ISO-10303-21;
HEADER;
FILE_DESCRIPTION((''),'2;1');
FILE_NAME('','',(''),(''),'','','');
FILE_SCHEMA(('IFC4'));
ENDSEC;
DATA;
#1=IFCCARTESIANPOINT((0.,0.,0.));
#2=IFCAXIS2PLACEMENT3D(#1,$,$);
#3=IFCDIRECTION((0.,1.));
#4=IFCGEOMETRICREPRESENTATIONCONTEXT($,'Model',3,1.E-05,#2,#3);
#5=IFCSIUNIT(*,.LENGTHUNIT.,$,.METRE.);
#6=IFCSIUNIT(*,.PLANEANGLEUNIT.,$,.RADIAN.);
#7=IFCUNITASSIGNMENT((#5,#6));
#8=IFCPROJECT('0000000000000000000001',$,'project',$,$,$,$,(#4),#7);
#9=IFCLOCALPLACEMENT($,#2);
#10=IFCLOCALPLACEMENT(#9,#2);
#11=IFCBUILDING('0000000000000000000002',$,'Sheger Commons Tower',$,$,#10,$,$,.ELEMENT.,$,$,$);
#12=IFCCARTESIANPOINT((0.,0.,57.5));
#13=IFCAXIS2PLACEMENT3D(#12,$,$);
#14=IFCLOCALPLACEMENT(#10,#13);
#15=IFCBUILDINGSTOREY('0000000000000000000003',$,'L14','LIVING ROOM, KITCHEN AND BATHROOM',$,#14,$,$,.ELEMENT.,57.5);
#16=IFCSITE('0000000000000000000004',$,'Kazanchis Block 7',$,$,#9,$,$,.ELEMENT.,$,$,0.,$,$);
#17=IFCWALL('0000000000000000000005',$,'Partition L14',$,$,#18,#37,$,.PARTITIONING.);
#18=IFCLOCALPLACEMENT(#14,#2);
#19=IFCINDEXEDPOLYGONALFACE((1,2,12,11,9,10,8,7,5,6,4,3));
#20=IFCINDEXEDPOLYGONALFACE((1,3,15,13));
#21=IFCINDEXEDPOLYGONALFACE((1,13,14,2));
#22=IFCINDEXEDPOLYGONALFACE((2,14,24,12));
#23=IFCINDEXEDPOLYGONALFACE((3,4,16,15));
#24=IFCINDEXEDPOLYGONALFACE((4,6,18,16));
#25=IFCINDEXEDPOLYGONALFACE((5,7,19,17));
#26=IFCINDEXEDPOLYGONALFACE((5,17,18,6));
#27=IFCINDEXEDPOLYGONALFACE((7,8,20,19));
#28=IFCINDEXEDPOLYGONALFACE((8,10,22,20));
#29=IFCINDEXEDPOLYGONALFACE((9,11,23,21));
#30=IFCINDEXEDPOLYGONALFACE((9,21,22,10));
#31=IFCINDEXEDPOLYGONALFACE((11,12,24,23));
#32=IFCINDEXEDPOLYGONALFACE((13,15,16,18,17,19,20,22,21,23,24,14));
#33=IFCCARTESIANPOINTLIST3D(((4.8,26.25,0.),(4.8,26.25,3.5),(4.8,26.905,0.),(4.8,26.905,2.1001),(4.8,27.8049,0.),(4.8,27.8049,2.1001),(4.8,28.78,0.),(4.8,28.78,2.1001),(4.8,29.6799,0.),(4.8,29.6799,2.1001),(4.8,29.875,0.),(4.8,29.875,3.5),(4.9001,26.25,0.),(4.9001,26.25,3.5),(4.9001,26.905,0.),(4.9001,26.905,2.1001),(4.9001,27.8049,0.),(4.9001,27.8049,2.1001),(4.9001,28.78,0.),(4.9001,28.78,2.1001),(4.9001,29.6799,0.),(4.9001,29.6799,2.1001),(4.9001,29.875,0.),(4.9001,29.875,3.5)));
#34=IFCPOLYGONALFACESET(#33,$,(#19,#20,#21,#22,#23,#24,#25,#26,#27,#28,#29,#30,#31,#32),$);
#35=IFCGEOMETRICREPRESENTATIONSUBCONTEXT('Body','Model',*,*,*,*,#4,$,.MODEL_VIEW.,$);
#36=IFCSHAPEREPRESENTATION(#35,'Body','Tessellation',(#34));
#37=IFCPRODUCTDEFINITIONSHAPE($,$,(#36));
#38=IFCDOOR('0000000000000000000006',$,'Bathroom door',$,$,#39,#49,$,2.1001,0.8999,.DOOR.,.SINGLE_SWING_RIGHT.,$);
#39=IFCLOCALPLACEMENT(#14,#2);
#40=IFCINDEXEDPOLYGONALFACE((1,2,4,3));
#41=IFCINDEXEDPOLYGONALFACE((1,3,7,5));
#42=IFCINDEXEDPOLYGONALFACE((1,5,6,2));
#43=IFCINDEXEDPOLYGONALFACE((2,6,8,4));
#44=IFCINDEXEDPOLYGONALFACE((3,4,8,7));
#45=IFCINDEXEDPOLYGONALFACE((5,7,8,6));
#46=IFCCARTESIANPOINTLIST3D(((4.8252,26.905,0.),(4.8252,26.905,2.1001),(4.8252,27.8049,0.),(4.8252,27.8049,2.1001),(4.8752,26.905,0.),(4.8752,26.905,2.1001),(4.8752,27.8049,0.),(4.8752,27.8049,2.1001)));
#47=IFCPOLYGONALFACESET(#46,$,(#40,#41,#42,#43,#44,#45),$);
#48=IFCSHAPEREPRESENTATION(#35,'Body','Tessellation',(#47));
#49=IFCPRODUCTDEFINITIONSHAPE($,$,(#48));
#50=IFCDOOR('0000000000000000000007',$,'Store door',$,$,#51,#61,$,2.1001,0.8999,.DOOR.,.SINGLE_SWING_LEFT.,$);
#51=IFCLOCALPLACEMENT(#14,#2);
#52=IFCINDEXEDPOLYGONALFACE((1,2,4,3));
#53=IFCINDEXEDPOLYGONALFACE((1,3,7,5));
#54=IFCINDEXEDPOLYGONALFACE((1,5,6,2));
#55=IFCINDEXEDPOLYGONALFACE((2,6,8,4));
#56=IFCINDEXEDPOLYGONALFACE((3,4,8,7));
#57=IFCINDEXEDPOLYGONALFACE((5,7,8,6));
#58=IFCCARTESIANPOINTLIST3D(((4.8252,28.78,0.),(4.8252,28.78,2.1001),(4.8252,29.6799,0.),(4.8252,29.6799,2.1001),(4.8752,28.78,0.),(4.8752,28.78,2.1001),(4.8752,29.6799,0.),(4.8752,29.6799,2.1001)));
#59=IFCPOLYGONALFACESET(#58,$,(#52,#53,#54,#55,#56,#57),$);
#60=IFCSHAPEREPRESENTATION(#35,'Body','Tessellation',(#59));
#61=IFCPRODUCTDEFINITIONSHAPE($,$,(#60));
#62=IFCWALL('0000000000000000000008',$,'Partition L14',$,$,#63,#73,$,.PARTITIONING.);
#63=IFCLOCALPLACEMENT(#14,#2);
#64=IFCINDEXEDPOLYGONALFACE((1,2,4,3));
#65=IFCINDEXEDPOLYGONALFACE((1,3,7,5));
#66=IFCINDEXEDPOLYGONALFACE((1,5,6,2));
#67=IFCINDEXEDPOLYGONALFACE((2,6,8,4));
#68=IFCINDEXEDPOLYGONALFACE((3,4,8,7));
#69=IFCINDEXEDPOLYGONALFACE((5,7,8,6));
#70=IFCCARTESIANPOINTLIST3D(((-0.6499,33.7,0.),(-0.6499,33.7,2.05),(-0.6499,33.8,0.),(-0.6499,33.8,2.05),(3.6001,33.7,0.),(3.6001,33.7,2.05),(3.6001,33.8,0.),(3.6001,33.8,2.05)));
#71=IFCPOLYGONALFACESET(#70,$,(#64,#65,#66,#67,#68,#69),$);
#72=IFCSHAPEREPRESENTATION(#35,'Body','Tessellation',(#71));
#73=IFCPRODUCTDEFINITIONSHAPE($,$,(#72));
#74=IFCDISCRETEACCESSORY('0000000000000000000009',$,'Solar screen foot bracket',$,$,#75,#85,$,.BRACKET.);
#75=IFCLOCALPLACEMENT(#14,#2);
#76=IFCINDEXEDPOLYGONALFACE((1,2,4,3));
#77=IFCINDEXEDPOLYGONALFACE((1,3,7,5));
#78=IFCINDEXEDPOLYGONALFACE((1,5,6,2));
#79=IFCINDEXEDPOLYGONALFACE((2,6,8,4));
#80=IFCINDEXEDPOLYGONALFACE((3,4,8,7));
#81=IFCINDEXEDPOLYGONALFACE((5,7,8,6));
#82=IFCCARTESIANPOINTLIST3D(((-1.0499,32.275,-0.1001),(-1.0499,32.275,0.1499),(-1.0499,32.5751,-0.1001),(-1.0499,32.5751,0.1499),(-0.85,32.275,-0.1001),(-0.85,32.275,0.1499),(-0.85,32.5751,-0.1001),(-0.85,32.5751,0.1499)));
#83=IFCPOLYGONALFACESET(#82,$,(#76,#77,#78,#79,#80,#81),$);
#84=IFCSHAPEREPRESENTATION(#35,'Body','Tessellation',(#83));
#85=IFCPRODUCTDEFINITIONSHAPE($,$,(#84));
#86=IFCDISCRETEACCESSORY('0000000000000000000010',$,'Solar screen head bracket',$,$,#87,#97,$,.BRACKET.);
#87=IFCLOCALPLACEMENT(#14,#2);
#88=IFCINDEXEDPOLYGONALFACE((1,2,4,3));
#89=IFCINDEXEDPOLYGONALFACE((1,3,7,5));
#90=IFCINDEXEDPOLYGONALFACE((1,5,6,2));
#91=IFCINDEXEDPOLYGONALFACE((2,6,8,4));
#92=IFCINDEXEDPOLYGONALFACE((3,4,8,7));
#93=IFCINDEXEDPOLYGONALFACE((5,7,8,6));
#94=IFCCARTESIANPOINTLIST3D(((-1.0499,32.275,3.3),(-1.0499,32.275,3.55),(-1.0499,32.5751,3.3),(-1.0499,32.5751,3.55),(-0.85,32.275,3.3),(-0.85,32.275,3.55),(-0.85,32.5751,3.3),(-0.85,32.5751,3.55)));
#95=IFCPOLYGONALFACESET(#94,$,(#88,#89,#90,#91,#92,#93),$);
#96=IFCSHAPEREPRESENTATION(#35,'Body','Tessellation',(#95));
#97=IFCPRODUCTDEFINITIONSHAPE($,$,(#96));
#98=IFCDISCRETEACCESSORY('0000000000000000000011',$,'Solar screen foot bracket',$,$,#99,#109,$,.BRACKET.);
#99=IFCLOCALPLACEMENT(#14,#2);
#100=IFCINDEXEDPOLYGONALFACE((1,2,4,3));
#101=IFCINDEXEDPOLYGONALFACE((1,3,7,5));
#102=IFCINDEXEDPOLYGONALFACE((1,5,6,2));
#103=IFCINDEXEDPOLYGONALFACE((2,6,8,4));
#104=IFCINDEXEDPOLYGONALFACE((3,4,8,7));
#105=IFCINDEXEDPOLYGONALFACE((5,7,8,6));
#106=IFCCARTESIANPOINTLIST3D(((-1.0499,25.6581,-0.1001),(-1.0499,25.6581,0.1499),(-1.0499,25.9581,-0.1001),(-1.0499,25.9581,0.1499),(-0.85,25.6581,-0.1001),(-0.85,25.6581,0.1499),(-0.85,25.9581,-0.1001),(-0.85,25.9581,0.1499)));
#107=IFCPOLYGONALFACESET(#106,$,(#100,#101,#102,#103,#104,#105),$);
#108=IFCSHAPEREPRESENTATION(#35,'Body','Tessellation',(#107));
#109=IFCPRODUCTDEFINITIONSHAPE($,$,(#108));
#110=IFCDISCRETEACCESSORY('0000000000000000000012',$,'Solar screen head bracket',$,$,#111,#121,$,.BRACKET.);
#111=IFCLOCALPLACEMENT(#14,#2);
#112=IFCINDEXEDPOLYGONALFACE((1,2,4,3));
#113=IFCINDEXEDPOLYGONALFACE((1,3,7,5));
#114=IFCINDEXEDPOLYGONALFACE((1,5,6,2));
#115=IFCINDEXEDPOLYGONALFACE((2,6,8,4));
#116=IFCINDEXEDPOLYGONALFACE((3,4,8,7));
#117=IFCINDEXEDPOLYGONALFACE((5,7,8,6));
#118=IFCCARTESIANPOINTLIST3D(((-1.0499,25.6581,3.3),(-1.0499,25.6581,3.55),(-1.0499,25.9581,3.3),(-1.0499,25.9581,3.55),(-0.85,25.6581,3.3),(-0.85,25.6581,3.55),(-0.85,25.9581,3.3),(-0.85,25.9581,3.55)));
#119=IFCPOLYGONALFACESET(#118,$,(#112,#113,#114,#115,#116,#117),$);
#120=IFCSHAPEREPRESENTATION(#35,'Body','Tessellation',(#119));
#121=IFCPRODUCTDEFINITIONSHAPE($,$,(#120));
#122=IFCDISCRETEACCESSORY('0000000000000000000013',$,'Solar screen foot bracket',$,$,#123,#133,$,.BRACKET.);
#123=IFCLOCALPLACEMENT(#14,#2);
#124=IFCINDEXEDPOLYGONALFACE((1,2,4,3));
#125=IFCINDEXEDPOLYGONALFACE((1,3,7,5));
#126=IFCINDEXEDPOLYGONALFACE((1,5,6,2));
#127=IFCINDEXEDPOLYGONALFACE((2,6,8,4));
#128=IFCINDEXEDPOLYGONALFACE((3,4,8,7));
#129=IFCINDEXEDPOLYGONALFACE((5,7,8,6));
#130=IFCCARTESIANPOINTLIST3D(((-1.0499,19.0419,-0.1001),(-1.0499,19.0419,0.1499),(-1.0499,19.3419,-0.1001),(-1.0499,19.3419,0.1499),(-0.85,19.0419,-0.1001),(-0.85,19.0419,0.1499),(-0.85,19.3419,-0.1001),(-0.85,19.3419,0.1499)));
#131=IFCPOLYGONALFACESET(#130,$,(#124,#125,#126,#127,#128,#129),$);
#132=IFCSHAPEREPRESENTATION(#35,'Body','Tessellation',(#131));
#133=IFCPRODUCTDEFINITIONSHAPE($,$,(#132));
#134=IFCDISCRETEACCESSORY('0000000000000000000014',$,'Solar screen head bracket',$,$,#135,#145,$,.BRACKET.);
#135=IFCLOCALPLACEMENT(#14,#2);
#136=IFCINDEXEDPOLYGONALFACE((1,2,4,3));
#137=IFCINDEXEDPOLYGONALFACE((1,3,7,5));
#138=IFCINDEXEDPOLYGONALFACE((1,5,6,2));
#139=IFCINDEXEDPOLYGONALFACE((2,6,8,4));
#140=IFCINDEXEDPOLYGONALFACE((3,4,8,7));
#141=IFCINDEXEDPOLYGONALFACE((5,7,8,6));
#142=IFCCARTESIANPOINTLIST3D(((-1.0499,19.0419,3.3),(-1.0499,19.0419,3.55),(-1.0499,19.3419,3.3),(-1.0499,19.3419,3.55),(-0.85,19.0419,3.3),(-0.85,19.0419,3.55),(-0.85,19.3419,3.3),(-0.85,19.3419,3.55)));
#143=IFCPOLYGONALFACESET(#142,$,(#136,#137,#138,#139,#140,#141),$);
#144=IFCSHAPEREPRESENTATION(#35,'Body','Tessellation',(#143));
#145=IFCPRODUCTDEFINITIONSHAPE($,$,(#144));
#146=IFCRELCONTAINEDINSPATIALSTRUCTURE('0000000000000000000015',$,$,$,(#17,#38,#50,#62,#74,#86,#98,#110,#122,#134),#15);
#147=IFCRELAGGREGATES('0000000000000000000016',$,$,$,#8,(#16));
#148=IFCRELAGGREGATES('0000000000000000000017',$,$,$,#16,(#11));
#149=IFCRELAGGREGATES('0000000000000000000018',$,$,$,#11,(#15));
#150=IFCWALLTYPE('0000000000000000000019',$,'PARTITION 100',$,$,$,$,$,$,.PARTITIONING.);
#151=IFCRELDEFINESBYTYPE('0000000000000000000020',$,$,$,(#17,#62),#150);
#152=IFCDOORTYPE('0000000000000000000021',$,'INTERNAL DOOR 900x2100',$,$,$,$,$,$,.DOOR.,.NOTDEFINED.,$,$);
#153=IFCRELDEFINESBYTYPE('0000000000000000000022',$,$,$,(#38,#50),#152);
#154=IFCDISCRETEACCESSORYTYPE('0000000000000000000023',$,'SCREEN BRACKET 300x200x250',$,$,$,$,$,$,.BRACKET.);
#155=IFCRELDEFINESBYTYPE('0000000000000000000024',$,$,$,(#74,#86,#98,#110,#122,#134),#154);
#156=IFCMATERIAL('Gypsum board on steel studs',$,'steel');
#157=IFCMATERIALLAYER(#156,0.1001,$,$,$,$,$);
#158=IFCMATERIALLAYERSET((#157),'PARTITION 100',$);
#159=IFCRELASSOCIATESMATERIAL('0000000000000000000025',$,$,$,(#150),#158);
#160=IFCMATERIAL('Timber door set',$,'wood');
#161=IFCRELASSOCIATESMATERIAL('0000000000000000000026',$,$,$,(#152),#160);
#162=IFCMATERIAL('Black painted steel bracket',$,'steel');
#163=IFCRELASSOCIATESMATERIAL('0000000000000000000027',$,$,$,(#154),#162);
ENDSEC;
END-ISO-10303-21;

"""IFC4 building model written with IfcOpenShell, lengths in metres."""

from ifc_helpers import new_model, si_unit, direction, frame, frame_2d, origin, origin_2d, place, context, subcontext, project, spatial, rectangle, extrude, material, layer, layer_set, type_object, element, fill, save


model = new_model("IFC4")

# Units and contexts
model_context = context("Model", 3, precision=1e-05, world=origin(), true_north=direction((0.0, 1.0)))
body_context = subcontext(model_context, "Body", "Model", "MODEL_VIEW")
ifc_project = project(units=[si_unit("LENGTHUNIT", "METRE"), si_unit("PLANEANGLEUNIT", "RADIAN")], contexts=[model_context])

# Site, building, storey
site_placement = place(None, origin())
site = spatial("IfcSite", under=ifc_project, at=site_placement, Name="Kazanchis Block 7", CompositionType="ELEMENT", RefElevation=0.0)
building_placement = place(site_placement, origin())
building = spatial("IfcBuilding", under=site, at=building_placement, Name="Sheger Commons Tower", CompositionType="ELEMENT")
storey_placement = place(building_placement, frame((0.0, 0.0, 57.5)))
storey = spatial("IfcBuildingStorey", under=building, at=storey_placement, Name="L14", Description="LIVING ROOM, KITCHEN AND BATHROOM", CompositionType="ELEMENT", Elevation=57.5)

# Shared definitions
ifc_material_1 = material(Name="Gypsum board on steel studs", Category="steel")
ifc_layer_1 = layer(ifc_material_1, 0.1001)
ifc_layer_set_1 = layer_set([ifc_layer_1], Name="PARTITION 100")
wall_type_1 = type_object("IfcWallType", Name="PARTITION 100", PredefinedType="PARTITIONING", material=ifc_layer_set_1)
ifc_material_2 = material(Name="Timber door set", Category="wood")
door_type = type_object("IfcDoorType", Name="INTERNAL DOOR 900x2100", OperationType="NOTDEFINED", PredefinedType="DOOR", material=ifc_material_2)

# Wall, openings, doors
wall_1_placement = place(storey_placement, frame((4.8501, 26.25, 0.0), z_axis=(0.0, 0.0, 1.0), x_axis=(0.0, 1.0, 0.0)))
wall_1 = element("IfcWall", 1, at=wall_1_placement, inside=storey, type_object=wall_type_1, Name="Partition L14", PredefinedType="PARTITIONING", context=body_context, shape_type="SweptSolid", body=[
    extrude(rectangle(XDim=3.625, YDim=0.1001, at=frame_2d((1.8125, 0.0))), origin(), (0.0, 0.0, 1.0), 3.5),
])
opening_1_placement = place(wall_1_placement, frame((0.655, 0.0, 0.0)))
opening_1 = element("IfcOpeningElement", 2, at=opening_1_placement, cuts=wall_1, PredefinedType="OPENING", context=body_context, shape_type="SweptSolid", body=[
    extrude(rectangle(XDim=0.8999, YDim=2.1001, at=frame_2d((0.45, 1.05))), frame((0.0, 0.0601, 0.0), z_axis=(0.0, -1.0, 0.0), x_axis=(1.0, 0.0, 0.0)), (0.0, 0.0, 1.0), 0.1201),
])
opening_2_placement = place(wall_1_placement, frame((2.53, 0.0, 0.0)))
opening_2 = element("IfcOpeningElement", 3, at=opening_2_placement, cuts=wall_1, PredefinedType="OPENING", context=body_context, shape_type="SweptSolid", body=[
    extrude(rectangle(XDim=0.8999, YDim=2.1001, at=frame_2d((0.45, 1.05))), frame((0.0, 0.0601, 0.0), z_axis=(0.0, -1.0, 0.0), x_axis=(1.0, 0.0, 0.0)), (0.0, 0.0, 1.0), 0.1201),
])
door_1_placement = place(opening_1_placement, origin())
door_1 = element("IfcDoor", 4, at=door_1_placement, inside=storey, type_object=door_type, Name="Bathroom door", OperationType="SINGLE_SWING_RIGHT", OverallHeight=2.1001, OverallWidth=0.8999, PredefinedType="DOOR", context=body_context, shape_type="SweptSolid", body=[
    extrude(rectangle(XDim=0.8999, YDim=2.1001, at=frame_2d((0.45, 1.05))), frame((0.0, 0.0249, 0.0), z_axis=(0.0, -1.0, 0.0), x_axis=(1.0, 0.0, 0.0)), (0.0, 0.0, 1.0), 0.05),
])
fill(opening_1, door_1)
door_2_placement = place(opening_2_placement, origin())
door_2 = element("IfcDoor", 5, at=door_2_placement, inside=storey, type_object=door_type, Name="Store door", OperationType="SINGLE_SWING_LEFT", OverallHeight=2.1001, OverallWidth=0.8999, PredefinedType="DOOR", context=body_context, shape_type="SweptSolid", body=[
    extrude(rectangle(XDim=0.8999, YDim=2.1001, at=frame_2d((0.45, 1.05))), frame((0.0, 0.0249, 0.0), z_axis=(0.0, -1.0, 0.0), x_axis=(1.0, 0.0, 0.0)), (0.0, 0.0, 1.0), 0.05),
])
fill(opening_2, door_2)

# Wall
wall_2_placement = place(storey_placement, frame((-0.6499, 33.75, 0.0), z_axis=(0.0, 0.0, 1.0), x_axis=(1.0, 0.0, 0.0)))
element("IfcWall", 6, at=wall_2_placement, inside=storey, type_object=wall_type_1, Name="Partition L14", PredefinedType="PARTITIONING", context=body_context, shape_type="SweptSolid", body=[
    extrude(rectangle(XDim=4.25, YDim=0.1001, at=frame_2d((2.125, 0.0))), origin(), (0.0, 0.0, 1.0), 2.05),
])

# Discrete accessories
ifc_material_3 = material(Name="Black painted steel bracket", Category="steel")
discrete_accessory_type = type_object("IfcDiscreteAccessoryType", Name="SCREEN BRACKET 300x200x250", PredefinedType="BRACKET", material=ifc_material_3)
for number, where, z_axis, x_axis, name in (
    (7, (-0.95, 32.425, -0.1001), (0.0, 0.0, 1.0), (0.0, -1.0, 0.0), "Solar screen foot bracket"),
    (8, (-0.95, 32.425, 3.3), (0.0, 0.0, 1.0), (0.0, -1.0, 0.0), "Solar screen head bracket"),
    (9, (-0.95, 25.8081, -0.1001), (0.0, 0.0, 1.0), (0.0, -1.0, 0.0), "Solar screen foot bracket"),
    (10, (-0.95, 25.8081, 3.3), (0.0, 0.0, 1.0), (0.0, -1.0, 0.0), "Solar screen head bracket"),
    (11, (-0.95, 19.1919, -0.1001), (0.0, 0.0, 1.0), (0.0, -1.0, 0.0), "Solar screen foot bracket"),
    (12, (-0.95, 19.1919, 3.3), (0.0, 0.0, 1.0), (0.0, -1.0, 0.0), "Solar screen head bracket"),
):
    element("IfcDiscreteAccessory", number, at=place(storey_placement, frame(where, z_axis=z_axis, x_axis=x_axis)), inside=storey, type_object=discrete_accessory_type, Name=name, PredefinedType="BRACKET", context=body_context, shape_type="SweptSolid", body=[
        extrude(rectangle(XDim=0.3, YDim=0.2, at=origin_2d()), origin(), (0.0, 0.0, 1.0), 0.25),
    ])

save(model, "model.ifc")
